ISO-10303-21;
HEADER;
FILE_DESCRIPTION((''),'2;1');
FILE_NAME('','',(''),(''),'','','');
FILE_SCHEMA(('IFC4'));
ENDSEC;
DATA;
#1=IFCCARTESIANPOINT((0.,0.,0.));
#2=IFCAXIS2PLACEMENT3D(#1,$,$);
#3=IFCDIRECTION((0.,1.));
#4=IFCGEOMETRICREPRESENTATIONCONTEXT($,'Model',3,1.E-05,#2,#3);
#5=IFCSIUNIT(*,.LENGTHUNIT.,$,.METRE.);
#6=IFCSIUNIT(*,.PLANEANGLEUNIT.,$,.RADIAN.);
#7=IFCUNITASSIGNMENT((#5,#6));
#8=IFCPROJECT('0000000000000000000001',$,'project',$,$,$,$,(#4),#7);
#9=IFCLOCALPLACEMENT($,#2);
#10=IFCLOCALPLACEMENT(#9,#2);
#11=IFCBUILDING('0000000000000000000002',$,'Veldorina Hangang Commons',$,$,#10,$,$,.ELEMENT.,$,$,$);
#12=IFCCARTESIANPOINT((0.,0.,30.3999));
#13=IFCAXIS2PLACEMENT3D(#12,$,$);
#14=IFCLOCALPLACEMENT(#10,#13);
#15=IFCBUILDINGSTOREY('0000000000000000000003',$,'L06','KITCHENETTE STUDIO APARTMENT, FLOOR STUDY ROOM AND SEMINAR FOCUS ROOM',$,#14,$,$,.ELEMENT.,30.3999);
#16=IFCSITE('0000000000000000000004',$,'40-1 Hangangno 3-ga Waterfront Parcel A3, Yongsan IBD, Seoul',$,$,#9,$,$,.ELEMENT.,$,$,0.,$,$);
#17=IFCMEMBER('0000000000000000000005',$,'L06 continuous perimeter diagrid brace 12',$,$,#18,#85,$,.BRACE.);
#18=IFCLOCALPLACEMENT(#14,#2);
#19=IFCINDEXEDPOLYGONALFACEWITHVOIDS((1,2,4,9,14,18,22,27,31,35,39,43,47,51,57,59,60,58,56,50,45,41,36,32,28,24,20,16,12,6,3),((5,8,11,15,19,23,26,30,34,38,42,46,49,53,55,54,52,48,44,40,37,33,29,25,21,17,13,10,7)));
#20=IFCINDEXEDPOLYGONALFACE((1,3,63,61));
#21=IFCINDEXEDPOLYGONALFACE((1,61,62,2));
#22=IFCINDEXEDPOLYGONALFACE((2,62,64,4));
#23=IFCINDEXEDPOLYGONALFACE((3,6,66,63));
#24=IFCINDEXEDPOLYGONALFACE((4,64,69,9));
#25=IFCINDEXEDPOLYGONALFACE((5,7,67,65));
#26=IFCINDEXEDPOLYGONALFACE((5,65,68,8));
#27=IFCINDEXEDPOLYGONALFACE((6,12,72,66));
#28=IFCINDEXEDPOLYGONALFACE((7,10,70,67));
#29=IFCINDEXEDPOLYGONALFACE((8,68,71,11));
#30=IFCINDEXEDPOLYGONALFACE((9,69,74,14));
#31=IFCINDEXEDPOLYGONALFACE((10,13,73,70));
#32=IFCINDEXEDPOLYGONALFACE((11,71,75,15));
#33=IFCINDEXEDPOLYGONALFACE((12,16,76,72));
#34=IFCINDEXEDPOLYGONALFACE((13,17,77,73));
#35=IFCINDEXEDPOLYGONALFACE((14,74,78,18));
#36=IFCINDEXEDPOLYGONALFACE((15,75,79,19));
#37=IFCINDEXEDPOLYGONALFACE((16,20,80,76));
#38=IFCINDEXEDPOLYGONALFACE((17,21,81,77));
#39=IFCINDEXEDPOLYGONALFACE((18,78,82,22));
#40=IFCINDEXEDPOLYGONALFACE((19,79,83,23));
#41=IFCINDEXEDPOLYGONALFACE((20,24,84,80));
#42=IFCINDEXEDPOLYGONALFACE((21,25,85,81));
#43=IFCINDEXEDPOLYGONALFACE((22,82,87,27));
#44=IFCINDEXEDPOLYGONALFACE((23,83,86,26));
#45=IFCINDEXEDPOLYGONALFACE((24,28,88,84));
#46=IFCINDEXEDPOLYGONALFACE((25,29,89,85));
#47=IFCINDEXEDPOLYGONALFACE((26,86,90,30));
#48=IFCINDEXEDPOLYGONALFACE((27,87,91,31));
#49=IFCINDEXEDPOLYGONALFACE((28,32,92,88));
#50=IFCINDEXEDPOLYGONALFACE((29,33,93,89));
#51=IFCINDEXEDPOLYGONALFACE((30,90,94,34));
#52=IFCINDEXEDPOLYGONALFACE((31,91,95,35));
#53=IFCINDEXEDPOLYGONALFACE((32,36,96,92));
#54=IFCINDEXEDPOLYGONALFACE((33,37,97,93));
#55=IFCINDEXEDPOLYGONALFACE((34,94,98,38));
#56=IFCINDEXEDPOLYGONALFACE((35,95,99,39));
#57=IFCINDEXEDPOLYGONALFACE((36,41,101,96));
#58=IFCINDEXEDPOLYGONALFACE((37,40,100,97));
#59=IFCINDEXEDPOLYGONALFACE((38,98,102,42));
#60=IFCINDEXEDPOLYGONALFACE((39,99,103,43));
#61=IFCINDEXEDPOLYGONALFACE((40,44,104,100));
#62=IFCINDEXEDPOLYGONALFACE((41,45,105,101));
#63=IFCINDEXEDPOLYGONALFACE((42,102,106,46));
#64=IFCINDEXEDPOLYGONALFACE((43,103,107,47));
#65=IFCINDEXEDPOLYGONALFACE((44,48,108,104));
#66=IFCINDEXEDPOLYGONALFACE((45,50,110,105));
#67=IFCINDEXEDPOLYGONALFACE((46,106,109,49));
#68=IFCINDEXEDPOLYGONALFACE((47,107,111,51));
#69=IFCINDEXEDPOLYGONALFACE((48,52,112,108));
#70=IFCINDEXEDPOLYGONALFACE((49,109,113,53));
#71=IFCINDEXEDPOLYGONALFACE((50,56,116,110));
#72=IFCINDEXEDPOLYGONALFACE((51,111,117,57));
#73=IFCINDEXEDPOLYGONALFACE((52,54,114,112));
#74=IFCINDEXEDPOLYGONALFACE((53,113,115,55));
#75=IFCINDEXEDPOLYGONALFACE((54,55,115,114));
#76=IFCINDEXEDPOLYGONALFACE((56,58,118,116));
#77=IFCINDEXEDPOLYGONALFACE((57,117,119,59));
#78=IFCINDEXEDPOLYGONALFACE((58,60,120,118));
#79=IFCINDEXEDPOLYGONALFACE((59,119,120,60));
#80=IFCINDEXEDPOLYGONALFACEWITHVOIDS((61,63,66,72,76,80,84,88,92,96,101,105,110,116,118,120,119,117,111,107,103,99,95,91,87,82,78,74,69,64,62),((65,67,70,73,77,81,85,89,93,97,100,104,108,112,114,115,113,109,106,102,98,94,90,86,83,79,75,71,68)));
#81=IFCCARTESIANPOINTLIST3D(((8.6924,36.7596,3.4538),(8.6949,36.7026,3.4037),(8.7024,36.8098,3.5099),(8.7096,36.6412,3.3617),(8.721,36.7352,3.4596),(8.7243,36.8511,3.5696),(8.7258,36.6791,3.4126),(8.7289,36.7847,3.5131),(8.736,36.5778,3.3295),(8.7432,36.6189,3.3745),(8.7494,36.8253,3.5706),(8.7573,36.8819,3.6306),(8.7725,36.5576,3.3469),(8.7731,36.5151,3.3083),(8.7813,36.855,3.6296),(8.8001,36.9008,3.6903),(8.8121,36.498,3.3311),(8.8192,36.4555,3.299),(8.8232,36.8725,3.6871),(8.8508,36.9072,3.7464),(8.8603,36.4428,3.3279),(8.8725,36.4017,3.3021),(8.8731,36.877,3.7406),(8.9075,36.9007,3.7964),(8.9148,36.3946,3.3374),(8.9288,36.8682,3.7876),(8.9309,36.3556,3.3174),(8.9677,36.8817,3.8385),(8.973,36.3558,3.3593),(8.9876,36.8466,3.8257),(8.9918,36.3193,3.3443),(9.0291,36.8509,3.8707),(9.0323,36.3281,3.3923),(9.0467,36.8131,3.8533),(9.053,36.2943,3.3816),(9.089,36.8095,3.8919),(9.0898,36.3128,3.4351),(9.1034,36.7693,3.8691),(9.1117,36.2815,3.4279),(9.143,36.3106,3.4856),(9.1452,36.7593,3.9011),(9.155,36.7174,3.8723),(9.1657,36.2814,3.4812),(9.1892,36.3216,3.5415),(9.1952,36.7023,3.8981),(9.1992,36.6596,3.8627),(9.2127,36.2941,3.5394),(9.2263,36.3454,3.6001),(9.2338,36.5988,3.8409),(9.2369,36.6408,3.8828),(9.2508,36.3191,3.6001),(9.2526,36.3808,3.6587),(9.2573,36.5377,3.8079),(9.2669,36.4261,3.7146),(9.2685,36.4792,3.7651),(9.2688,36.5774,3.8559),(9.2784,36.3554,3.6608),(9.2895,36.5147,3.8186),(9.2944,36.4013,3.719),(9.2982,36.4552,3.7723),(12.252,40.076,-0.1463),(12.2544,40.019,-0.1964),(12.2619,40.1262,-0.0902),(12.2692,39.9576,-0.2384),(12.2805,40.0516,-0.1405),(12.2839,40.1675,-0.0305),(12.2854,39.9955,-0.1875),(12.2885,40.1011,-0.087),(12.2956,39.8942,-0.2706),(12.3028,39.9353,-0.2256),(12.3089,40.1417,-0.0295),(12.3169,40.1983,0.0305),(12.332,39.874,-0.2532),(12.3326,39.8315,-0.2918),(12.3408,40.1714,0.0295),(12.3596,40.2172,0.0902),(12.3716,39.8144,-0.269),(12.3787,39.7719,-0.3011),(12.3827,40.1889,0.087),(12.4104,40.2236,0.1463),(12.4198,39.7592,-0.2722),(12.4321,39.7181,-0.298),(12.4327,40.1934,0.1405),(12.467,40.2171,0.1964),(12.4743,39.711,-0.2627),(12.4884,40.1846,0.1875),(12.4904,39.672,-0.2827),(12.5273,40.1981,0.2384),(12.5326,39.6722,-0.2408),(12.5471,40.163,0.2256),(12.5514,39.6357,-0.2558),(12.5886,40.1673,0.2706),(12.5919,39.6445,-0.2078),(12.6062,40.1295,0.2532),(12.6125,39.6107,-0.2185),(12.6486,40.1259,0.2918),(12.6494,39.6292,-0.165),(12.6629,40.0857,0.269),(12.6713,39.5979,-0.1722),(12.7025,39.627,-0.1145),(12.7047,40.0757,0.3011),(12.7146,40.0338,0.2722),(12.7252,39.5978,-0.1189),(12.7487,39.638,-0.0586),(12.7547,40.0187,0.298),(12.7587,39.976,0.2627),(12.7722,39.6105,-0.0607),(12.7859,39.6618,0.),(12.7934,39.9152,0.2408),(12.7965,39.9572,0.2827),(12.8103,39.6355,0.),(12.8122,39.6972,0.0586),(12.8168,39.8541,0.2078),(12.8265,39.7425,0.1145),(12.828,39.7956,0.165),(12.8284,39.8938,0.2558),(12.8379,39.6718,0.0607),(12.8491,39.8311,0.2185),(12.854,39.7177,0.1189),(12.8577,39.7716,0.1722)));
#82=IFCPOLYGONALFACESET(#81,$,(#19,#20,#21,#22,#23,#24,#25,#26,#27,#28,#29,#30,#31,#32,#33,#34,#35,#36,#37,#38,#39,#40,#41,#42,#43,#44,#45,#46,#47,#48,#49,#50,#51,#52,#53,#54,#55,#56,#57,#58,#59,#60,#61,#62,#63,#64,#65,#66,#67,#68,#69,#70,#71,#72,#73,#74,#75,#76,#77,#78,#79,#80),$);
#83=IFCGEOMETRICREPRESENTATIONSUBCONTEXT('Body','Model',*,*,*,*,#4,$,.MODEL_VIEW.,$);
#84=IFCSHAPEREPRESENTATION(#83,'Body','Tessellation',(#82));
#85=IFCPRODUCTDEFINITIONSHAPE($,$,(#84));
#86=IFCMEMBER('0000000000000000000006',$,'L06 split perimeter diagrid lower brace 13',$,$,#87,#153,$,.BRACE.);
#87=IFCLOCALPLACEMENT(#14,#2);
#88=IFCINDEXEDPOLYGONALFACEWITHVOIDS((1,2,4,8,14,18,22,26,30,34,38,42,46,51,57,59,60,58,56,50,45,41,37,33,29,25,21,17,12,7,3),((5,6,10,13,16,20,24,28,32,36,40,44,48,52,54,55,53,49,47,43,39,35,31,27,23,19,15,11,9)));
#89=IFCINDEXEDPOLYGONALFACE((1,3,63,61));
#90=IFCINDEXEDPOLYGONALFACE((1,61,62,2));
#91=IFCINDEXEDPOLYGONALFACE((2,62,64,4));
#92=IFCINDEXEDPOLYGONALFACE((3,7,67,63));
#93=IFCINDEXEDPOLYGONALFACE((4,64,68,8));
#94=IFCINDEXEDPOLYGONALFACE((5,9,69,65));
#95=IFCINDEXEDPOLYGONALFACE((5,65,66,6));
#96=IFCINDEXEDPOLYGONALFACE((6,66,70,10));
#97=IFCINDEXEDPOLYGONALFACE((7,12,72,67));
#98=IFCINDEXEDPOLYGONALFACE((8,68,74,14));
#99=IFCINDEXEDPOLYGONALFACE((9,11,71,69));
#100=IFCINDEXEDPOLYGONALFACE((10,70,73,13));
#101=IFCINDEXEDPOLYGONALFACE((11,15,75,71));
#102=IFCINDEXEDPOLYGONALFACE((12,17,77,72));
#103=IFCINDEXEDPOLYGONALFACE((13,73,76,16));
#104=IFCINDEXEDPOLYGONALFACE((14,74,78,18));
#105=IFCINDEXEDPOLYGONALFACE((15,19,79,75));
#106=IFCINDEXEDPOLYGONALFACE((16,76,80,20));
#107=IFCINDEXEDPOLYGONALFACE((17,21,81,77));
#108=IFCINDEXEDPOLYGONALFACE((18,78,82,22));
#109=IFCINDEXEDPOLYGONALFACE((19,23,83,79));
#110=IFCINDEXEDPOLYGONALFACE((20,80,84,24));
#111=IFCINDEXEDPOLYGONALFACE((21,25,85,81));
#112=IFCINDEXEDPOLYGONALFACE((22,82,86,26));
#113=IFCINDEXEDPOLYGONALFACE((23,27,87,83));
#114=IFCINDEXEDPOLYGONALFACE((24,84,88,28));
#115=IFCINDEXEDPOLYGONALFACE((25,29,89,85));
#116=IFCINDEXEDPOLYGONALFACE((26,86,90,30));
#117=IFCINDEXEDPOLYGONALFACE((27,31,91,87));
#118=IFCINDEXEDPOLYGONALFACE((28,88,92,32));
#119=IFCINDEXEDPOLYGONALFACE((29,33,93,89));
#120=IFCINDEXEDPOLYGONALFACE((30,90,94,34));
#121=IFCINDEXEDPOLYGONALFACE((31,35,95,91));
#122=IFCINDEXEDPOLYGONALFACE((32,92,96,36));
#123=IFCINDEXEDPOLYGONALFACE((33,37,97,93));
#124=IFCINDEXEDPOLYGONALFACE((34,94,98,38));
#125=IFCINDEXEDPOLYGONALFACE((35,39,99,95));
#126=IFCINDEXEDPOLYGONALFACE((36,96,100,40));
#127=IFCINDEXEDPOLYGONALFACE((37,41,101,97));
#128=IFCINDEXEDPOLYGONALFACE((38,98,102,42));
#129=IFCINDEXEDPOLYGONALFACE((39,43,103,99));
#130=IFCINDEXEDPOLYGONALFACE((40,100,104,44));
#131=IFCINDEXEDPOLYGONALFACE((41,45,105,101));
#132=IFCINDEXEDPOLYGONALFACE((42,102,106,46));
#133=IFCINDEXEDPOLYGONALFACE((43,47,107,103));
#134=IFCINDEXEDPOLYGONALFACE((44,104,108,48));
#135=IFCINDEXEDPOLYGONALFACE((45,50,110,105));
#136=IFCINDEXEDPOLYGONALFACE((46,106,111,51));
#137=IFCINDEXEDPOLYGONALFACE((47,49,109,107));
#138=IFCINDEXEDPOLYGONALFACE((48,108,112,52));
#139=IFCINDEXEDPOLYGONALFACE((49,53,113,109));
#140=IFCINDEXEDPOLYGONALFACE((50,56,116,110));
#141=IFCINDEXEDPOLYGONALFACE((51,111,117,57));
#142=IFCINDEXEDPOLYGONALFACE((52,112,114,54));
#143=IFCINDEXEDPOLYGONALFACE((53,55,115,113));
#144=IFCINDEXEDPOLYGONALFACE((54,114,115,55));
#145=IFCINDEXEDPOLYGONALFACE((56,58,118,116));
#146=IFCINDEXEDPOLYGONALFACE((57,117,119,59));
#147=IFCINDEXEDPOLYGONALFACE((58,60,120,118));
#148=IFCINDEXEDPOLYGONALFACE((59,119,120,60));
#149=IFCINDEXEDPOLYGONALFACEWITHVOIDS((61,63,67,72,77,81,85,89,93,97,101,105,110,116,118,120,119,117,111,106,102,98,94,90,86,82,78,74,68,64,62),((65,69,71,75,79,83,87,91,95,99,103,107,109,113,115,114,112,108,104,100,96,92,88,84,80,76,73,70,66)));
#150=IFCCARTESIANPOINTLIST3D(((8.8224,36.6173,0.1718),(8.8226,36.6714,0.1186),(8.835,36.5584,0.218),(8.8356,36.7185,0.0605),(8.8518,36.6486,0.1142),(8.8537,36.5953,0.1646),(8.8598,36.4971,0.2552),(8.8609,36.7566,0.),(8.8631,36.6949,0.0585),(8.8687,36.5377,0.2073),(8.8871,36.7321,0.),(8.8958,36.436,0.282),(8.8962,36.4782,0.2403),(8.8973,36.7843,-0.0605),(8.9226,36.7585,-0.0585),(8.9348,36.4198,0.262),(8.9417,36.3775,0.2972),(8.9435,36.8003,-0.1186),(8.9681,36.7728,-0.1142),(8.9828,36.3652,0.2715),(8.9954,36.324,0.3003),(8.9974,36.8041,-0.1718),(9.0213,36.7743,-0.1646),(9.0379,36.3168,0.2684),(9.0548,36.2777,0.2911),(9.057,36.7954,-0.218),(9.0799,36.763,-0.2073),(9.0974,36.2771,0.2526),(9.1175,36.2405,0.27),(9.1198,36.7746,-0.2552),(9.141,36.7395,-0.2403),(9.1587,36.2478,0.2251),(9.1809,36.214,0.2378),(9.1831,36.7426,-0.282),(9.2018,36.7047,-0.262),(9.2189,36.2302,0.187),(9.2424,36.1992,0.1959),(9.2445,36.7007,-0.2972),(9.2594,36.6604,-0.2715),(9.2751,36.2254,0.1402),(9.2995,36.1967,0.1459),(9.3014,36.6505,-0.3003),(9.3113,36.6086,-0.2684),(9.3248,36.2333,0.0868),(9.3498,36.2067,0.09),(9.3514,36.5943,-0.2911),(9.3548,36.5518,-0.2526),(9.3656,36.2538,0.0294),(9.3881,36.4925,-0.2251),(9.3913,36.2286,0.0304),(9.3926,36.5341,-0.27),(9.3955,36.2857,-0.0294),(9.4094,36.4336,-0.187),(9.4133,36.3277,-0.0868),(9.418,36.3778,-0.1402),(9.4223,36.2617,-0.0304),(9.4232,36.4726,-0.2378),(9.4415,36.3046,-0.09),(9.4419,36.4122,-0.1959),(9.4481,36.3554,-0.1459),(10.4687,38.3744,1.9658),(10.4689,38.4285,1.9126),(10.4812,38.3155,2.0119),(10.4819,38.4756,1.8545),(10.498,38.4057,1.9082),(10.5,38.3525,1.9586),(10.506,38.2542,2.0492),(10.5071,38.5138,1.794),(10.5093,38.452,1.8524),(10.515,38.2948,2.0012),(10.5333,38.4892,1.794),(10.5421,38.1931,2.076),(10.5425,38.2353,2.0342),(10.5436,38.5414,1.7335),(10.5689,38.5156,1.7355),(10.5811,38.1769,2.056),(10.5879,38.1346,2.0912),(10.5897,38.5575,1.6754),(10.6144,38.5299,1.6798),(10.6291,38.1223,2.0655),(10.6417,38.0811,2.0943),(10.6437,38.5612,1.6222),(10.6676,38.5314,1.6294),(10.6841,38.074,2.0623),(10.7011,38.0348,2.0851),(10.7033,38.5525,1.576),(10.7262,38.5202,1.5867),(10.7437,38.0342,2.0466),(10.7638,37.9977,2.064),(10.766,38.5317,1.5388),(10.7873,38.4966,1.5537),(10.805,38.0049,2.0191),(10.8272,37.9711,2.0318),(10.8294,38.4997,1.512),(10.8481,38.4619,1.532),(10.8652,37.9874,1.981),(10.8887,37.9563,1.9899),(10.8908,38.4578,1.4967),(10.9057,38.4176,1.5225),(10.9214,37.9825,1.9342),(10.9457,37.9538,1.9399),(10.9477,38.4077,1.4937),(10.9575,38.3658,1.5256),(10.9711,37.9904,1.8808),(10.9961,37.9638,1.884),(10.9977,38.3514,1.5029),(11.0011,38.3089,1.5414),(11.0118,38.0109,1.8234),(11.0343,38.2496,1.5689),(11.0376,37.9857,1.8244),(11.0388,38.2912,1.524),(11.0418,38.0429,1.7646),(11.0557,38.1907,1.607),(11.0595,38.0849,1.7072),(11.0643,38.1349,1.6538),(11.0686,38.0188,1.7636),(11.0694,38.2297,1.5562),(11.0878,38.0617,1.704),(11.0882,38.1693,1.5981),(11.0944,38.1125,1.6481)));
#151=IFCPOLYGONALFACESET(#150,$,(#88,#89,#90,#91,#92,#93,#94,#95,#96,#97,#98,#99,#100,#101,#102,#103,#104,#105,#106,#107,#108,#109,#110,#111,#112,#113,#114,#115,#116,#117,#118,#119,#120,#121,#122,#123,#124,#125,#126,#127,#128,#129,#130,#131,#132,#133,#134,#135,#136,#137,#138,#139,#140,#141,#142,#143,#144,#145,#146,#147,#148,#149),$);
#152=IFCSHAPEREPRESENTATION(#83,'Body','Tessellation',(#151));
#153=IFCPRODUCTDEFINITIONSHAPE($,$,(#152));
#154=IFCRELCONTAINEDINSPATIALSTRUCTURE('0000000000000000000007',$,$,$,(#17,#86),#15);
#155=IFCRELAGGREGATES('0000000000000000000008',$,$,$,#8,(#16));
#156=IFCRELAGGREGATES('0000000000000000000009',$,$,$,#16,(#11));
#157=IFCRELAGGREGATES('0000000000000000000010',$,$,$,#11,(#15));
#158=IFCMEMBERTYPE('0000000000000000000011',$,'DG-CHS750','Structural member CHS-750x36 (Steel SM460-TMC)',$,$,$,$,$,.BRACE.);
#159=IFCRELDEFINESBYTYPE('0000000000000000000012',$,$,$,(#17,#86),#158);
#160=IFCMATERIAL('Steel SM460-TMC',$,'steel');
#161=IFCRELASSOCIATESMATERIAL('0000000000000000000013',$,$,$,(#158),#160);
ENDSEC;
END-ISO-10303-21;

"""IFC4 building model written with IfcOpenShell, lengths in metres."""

from ifc_helpers import new_model, si_unit, direction, frame, origin, origin_2d, place, context, subcontext, project, spatial, hollow_circle, extrude, material, material_profile, profile_set, type_object, element, save


model = new_model("IFC4")

# Units and contexts
model_context = context("Model", 3, precision=1e-05, world=origin(), true_north=direction((0.0, 1.0)))
body_context = subcontext(model_context, "Body", "Model", "MODEL_VIEW")
ifc_project = project(units=[si_unit("LENGTHUNIT", "METRE"), si_unit("PLANEANGLEUNIT", "RADIAN")], contexts=[model_context])

# Site, building, storey
site_placement = place(None, origin())
site = spatial("IfcSite", under=ifc_project, at=site_placement, Name="40-1 Hangangno 3-ga Waterfront Parcel A3, Yongsan IBD, Seoul", CompositionType="ELEMENT", RefElevation=0.0)
building_placement = place(site_placement, origin())
building = spatial("IfcBuilding", under=site, at=building_placement, Name="Veldorina Hangang Commons", CompositionType="ELEMENT")
storey_placement = place(building_placement, frame((0.0, 0.0, 30.3999)))
storey = spatial("IfcBuildingStorey", under=building, at=storey_placement, Name="L06", Description="KITCHENETTE STUDIO APARTMENT, FLOOR STUDY ROOM AND SEMINAR FOCUS ROOM", CompositionType="ELEMENT", Elevation=30.3999)

# Shared definitions
ifc_material_1 = material(Name="Steel SM460-TMC", Category="steel")

# Members
ifc_material_profile_1 = material_profile(ifc_material_1, hollow_circle(Radius=0.375, WallThickness=0.0359, at=origin_2d()), Name="CHS-750x36")
ifc_profile_set_1 = profile_set([ifc_material_profile_1], Name="Steel SM460-TMC")
member_type = type_object("IfcMemberType", Name="DG-CHS750", Description="Structural member CHS-750x36 (Steel SM460-TMC)", PredefinedType="BRACE", material=ifc_profile_set_1)
member_1_placement = place(storey_placement, frame((12.5547, 39.9099, 0.0), z_axis=(-0.588139, -0.547962, 0.594836), x_axis=(0.681674, -0.731656, 0.0)))
element("IfcMember", 1, at=member_1_placement, inside=storey, type_object=member_type, Name="L06 continuous perimeter diagrid brace 12", PredefinedType="BRACE", context=body_context, shape_type="SweptSolid", body=[
    extrude(hollow_circle(Radius=0.375, WallThickness=0.0359, at=origin_2d()), origin(), (0.0, 0.0, 1.0), 6.0522),
])
member_2_placement = place(storey_placement, frame((9.1345, 36.5002, 0.0), z_axis=(0.548269, 0.585184, 0.597462), x_axis=(-0.729749, 0.683715, 0.0)))
element("IfcMember", 2, at=member_2_placement, inside=storey, type_object=member_type, Name="L06 split perimeter diagrid lower brace 13", PredefinedType="BRACE", context=body_context, shape_type="SweptSolid", body=[
    extrude(hollow_circle(Radius=0.375, WallThickness=0.0359, at=origin_2d()), origin(), (0.0, 0.0, 1.0), 3.0027),
])

save(model, "model.ifc")
